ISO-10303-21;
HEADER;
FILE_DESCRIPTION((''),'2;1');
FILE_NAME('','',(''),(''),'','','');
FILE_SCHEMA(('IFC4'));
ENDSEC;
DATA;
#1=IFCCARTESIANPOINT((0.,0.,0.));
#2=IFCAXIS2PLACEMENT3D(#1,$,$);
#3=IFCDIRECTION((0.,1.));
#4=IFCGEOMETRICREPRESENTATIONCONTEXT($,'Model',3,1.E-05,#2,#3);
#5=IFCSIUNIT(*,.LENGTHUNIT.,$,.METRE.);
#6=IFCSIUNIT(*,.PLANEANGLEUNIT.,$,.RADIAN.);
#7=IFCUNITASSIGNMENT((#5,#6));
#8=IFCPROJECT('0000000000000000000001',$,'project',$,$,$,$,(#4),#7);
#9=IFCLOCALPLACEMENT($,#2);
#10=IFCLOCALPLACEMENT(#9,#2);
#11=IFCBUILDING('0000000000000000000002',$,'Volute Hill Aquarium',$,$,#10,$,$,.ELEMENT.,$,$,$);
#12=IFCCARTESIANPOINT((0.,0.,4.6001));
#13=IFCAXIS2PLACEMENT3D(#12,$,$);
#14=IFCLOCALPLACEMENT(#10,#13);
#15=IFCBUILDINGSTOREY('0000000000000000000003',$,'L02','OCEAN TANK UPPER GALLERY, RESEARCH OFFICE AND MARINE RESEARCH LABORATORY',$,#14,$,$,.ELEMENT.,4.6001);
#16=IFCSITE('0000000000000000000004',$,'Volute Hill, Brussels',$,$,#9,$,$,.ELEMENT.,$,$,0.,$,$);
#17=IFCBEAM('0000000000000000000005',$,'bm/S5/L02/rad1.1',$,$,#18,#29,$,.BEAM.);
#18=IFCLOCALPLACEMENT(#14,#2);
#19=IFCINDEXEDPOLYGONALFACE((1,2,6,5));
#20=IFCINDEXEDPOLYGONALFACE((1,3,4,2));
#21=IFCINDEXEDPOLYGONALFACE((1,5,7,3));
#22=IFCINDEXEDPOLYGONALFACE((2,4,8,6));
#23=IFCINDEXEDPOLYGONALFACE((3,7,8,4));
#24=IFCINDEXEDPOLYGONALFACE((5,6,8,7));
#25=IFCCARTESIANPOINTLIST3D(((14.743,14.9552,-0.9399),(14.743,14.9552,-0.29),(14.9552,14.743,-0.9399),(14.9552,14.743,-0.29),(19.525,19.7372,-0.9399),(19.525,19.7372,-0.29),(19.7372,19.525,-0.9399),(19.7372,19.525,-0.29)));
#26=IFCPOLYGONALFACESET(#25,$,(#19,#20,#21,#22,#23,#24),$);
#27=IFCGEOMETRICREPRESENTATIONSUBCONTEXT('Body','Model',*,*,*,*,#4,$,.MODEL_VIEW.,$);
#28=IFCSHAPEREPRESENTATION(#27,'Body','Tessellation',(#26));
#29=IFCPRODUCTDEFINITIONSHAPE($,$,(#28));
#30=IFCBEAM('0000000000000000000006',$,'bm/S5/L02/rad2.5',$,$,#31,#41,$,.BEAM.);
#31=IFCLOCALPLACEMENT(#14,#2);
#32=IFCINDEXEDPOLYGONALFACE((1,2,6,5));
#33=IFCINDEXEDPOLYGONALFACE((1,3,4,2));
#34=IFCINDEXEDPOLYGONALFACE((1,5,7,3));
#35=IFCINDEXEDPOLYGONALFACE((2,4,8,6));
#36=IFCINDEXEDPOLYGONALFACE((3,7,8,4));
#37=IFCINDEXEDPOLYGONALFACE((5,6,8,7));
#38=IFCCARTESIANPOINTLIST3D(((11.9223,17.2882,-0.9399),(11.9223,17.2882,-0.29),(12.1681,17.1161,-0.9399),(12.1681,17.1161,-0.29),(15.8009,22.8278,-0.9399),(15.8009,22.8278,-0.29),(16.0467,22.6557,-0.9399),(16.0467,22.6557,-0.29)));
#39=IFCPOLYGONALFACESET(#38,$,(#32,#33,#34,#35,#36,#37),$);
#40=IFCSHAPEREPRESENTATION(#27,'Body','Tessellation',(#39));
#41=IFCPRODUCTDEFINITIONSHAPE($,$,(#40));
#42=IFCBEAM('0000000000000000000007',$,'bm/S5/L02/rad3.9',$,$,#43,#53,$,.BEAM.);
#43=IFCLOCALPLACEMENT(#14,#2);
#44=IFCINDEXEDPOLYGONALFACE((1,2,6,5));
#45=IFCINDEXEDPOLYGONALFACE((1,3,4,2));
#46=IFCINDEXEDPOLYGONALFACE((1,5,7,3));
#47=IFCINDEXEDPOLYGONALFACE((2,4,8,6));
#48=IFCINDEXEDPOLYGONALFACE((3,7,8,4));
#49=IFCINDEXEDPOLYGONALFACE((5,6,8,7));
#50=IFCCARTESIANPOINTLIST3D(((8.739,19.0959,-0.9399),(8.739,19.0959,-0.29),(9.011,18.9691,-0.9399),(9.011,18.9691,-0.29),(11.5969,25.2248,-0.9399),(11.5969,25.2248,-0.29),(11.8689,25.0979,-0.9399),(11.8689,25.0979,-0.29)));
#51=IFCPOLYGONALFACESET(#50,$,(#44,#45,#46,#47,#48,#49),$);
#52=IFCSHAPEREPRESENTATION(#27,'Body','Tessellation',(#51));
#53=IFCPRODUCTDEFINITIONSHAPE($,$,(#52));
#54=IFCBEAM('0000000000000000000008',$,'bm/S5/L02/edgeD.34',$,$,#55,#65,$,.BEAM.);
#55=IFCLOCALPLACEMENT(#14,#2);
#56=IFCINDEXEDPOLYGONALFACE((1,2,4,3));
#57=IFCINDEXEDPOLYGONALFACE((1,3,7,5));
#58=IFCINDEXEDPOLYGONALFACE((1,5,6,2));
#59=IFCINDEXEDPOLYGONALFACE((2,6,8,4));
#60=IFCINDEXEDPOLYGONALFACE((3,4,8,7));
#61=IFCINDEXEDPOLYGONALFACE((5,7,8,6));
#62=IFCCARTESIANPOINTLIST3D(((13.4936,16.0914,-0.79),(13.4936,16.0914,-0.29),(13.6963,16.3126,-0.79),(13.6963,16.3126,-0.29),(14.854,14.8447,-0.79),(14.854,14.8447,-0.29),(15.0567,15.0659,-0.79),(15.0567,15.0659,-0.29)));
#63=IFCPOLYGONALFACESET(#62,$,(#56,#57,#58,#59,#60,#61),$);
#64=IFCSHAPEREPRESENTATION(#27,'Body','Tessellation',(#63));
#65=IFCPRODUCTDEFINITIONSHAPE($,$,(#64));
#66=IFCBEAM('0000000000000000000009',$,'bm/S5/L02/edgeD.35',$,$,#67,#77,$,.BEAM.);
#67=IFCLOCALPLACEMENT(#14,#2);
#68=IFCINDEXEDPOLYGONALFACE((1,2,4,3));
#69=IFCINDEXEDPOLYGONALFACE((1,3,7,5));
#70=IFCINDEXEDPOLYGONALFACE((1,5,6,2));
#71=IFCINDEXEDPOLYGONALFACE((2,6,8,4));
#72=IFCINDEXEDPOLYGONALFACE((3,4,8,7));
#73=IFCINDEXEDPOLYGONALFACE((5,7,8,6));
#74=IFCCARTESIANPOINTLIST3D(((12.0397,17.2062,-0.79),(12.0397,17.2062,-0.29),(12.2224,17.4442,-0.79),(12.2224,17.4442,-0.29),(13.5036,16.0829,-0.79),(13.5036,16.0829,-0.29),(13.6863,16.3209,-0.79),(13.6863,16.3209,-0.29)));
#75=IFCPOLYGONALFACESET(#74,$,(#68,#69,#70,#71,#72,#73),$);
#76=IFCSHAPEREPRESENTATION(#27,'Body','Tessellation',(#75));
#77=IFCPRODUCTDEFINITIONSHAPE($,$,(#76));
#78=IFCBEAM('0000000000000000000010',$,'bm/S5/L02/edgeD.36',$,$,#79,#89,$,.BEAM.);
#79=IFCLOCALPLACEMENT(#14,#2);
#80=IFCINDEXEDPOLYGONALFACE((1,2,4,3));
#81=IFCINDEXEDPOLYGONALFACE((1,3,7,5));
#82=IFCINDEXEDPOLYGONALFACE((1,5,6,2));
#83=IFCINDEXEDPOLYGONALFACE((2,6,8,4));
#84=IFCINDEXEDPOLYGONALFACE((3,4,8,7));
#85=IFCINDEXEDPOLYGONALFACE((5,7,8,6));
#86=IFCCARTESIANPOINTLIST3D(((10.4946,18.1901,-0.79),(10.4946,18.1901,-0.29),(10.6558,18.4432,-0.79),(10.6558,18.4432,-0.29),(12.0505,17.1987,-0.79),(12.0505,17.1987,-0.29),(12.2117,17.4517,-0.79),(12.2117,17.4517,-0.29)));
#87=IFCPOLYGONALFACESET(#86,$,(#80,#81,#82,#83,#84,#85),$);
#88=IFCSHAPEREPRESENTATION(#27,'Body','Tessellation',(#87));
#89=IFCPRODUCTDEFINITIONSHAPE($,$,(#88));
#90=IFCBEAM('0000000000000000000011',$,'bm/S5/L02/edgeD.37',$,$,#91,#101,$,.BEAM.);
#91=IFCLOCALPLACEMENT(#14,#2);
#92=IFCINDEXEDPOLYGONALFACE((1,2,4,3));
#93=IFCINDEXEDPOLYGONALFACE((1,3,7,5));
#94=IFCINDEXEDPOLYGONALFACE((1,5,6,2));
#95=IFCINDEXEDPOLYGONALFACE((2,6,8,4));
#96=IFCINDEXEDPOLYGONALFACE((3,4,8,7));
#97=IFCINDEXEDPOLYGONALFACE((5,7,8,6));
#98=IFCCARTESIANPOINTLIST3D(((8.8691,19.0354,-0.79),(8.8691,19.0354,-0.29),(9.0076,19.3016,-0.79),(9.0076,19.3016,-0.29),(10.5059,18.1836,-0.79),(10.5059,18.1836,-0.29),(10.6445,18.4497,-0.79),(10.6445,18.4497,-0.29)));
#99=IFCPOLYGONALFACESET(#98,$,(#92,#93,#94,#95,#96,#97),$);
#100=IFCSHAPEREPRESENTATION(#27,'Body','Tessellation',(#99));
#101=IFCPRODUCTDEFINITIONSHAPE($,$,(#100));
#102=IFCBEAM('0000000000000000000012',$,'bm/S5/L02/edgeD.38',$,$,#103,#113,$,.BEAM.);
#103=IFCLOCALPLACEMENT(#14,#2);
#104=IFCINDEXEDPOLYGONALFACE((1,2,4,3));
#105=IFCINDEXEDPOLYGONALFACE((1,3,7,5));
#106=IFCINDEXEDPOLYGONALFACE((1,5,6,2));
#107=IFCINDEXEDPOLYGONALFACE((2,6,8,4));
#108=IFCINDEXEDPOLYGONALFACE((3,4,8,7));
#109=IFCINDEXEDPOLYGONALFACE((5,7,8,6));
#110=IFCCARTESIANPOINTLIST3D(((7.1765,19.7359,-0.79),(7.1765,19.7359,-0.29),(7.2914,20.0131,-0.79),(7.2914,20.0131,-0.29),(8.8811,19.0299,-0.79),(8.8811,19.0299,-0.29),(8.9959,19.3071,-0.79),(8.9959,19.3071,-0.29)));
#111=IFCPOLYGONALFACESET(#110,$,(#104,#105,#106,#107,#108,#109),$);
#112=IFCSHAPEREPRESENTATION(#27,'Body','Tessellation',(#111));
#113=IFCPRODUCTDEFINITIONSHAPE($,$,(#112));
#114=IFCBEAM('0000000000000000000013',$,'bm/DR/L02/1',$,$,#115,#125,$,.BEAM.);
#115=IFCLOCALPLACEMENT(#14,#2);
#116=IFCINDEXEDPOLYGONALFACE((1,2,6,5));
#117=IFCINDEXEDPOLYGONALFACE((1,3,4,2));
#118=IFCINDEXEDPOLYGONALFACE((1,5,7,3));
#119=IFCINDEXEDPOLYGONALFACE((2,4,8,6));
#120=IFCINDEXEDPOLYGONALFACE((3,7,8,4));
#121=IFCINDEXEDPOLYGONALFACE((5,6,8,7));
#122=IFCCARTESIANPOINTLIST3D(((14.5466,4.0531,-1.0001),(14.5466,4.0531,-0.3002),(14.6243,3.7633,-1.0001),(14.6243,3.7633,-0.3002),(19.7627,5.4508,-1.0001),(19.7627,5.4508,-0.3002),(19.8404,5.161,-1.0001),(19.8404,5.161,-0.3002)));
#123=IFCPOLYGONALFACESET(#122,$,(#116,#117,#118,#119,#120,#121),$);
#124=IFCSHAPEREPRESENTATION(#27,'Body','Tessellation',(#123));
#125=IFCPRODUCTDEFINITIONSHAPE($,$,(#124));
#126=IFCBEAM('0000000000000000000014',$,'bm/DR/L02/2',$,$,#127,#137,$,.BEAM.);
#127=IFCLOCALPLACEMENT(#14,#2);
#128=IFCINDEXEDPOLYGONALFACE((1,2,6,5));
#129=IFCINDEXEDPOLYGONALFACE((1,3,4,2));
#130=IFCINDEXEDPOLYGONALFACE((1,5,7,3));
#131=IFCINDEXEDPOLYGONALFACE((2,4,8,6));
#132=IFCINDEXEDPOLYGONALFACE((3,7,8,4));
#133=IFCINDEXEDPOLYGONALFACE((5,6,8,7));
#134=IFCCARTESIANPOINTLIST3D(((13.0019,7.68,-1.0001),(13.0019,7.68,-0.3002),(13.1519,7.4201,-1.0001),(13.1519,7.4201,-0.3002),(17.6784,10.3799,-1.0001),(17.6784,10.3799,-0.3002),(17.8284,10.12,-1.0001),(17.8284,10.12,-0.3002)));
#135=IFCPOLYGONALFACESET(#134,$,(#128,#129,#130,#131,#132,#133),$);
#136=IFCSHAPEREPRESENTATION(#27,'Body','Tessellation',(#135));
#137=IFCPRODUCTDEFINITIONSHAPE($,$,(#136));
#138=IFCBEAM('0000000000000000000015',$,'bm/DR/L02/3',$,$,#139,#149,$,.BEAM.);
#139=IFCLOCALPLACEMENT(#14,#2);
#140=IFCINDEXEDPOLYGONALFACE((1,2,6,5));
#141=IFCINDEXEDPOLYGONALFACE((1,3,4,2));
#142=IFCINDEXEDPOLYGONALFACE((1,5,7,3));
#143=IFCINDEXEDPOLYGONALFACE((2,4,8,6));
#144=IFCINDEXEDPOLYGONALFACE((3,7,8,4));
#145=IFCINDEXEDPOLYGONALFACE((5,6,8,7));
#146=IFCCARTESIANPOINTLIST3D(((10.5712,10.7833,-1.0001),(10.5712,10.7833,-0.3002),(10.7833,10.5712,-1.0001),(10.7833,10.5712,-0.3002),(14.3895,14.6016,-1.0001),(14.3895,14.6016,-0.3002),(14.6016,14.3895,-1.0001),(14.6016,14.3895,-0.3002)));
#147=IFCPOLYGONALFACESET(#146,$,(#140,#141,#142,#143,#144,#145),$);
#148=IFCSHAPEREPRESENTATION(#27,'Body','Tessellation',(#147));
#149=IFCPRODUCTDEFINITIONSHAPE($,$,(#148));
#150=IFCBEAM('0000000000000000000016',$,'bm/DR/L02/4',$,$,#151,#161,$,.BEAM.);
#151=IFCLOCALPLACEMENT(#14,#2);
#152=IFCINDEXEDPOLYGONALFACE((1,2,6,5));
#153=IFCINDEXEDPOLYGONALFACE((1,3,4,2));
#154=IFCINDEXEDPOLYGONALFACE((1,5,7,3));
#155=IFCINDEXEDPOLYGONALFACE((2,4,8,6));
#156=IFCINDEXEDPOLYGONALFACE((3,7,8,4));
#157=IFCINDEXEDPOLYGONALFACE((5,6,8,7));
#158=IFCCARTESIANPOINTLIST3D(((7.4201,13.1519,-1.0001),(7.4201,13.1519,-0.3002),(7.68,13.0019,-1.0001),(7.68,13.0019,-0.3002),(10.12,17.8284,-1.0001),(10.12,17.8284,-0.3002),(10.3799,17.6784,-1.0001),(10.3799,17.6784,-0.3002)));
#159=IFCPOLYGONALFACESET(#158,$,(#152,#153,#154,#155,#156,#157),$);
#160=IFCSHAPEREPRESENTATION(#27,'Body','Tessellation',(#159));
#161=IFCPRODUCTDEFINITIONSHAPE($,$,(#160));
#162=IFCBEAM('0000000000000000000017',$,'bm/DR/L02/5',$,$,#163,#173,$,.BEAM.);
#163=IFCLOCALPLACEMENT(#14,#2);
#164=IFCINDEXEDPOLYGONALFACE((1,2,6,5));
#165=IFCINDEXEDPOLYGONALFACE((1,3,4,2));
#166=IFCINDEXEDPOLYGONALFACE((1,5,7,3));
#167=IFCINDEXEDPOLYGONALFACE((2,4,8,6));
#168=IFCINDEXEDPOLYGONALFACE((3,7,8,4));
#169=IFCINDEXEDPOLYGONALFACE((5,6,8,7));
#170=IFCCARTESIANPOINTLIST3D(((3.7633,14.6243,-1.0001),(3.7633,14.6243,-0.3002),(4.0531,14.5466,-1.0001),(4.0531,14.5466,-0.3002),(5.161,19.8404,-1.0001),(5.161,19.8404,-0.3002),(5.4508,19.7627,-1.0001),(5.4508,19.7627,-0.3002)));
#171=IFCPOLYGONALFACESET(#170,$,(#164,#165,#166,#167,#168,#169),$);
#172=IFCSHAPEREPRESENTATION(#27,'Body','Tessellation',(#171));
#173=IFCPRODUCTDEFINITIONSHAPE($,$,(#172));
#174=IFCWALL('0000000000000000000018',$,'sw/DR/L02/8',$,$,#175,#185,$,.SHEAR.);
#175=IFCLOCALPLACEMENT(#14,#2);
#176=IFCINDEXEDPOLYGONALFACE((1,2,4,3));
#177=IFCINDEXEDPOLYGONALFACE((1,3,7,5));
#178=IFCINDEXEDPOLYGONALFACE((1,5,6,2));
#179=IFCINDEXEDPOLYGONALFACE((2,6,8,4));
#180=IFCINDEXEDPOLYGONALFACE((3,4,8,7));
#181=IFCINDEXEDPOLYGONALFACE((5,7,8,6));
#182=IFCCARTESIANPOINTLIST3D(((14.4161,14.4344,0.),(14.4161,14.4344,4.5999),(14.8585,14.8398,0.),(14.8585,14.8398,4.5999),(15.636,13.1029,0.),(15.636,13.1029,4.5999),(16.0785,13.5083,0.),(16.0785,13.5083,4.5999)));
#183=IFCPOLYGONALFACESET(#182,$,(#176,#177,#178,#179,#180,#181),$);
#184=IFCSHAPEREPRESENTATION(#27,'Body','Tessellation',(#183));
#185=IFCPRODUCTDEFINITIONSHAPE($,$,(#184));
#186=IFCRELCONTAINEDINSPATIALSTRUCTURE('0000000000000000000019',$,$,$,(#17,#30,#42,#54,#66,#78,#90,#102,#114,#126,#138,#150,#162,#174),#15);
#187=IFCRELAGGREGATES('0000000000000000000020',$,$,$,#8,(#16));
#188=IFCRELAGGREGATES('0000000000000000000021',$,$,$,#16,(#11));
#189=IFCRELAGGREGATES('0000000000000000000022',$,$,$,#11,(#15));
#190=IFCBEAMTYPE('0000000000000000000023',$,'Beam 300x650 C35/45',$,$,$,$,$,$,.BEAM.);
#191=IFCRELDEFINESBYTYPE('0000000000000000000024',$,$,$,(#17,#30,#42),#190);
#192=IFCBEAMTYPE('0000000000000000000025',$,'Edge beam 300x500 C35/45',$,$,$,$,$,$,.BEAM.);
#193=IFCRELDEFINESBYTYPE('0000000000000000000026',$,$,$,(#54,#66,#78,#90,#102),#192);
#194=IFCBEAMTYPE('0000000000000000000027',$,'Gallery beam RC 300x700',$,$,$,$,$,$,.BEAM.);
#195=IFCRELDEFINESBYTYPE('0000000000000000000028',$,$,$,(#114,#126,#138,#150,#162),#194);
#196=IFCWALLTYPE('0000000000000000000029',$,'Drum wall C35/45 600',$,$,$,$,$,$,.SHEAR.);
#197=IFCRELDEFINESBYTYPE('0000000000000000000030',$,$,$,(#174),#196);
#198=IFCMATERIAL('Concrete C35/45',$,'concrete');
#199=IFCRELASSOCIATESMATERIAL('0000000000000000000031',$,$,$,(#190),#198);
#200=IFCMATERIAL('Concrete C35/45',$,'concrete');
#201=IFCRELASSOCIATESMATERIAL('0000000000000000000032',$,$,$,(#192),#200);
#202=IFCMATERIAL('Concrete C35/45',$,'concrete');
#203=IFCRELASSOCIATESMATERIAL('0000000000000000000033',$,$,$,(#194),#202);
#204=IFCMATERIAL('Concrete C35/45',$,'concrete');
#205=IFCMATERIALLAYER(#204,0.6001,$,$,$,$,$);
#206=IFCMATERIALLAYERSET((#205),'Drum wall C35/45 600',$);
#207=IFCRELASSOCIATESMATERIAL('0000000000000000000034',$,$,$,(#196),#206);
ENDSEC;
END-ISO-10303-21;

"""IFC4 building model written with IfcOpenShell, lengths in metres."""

from ifc_helpers import new_model, si_unit, direction, frame, frame_2d, origin, origin_2d, place, context, subcontext, project, spatial, rectangle, extrude, material, layer, layer_set, material_profile, profile_set, type_object, element, save


model = new_model("IFC4")

# Units and contexts
model_context = context("Model", 3, precision=1e-05, world=origin(), true_north=direction((0.0, 1.0)))
body_context = subcontext(model_context, "Body", "Model", "MODEL_VIEW")
ifc_project = project(units=[si_unit("LENGTHUNIT", "METRE"), si_unit("PLANEANGLEUNIT", "RADIAN")], contexts=[model_context])

# Site, building, storey
site_placement = place(None, origin())
site = spatial("IfcSite", under=ifc_project, at=site_placement, Name="Volute Hill, Brussels", CompositionType="ELEMENT", RefElevation=0.0)
building_placement = place(site_placement, origin())
building = spatial("IfcBuilding", under=site, at=building_placement, Name="Volute Hill Aquarium", CompositionType="ELEMENT")
storey_placement = place(building_placement, frame((0.0, 0.0, 4.6001)))
storey = spatial("IfcBuildingStorey", under=building, at=storey_placement, Name="L02", Description="OCEAN TANK UPPER GALLERY, RESEARCH OFFICE AND MARINE RESEARCH LABORATORY", CompositionType="ELEMENT", Elevation=4.6001)

# Beams
ifc_material_1 = material(Name="Concrete C35/45", Category="concrete")
ifc_material_profile_1 = material_profile(ifc_material_1, rectangle(XDim=0.3, YDim=0.6499, at=origin_2d()), Name="RC beam 300x650")
ifc_profile_set_1 = profile_set([ifc_material_profile_1], Name="Concrete C35/45")
beam_type_1 = type_object("IfcBeamType", Name="Beam 300x650 C35/45", PredefinedType="BEAM", material=ifc_profile_set_1)
beam_1_placement = place(storey_placement, frame((14.8491, 14.8491, -0.615), z_axis=(0.707107, 0.707107, 0.0), x_axis=(-0.707107, 0.707107, 0.0)))
element("IfcBeam", 1, at=beam_1_placement, inside=storey, type_object=beam_type_1, Name="bm/S5/L02/rad1.1", PredefinedType="BEAM", context=body_context, shape_type="SweptSolid", body=[
    extrude(rectangle(XDim=0.3, YDim=0.6499, at=origin_2d()), origin(), (0.0, 0.0, 1.0), 6.7627),
])
for number, where, z_axis, x_axis, name in (
    (2, (12.0452, 17.2021, -0.615), (0.573559, 0.819164, 0.0), (-0.819164, 0.573559, 0.0), "bm/S5/L02/rad2.5"),
    (3, (8.875, 19.0325, -0.615), (0.422613, 0.90631, 0.0), (-0.90631, 0.422613, 0.0), "bm/S5/L02/rad3.9"),
):
    element("IfcBeam", number, at=place(storey_placement, frame(where, z_axis=z_axis, x_axis=x_axis)), inside=storey, type_object=beam_type_1, Name=name, PredefinedType="BEAM", context=body_context, shape_type="SweptSolid", body=[
        extrude(rectangle(XDim=0.3, YDim=0.6499, at=origin_2d()), origin(), (0.0, 0.0, 1.0), 6.7625),
    ])
ifc_material_2 = material(Name="Concrete C35/45", Category="concrete")
ifc_material_profile_2 = material_profile(ifc_material_2, rectangle(XDim=0.3, YDim=0.5, at=origin_2d()), Name="RC edge beam 300x500")
ifc_profile_set_2 = profile_set([ifc_material_profile_2], Name="Concrete C35/45")
beam_type_2 = type_object("IfcBeamType", Name="Edge beam 300x500 C35/45", PredefinedType="BEAM", material=ifc_profile_set_2)
for number, where, z_axis, x_axis, name in (
    (4, (14.9553, 14.9553, -0.54), (-0.737264, 0.675605, 0.0), (-0.675605, -0.737264, 0.0), "bm/S5/L02/edgeD.34"),
    (5, (13.595, 16.2019, -0.54), (-0.793346, 0.60877, 0.0), (-0.60877, -0.793346, 0.0), "bm/S5/L02/edgeD.35"),
):
    element("IfcBeam", number, at=place(storey_placement, frame(where, z_axis=z_axis, x_axis=x_axis)), inside=storey, type_object=beam_type_2, Name=name, PredefinedType="BEAM", context=body_context, shape_type="SweptSolid", body=[
        extrude(rectangle(XDim=0.3, YDim=0.5, at=origin_2d()), origin(), (0.0, 0.0, 1.0), 1.8452),
    ])
beam_2_placement = place(storey_placement, frame((12.1311, 17.3252, -0.54), z_axis=(-0.843334, 0.537389, 0.0), x_axis=(-0.537389, -0.843334, 0.0)))
element("IfcBeam", 6, at=beam_2_placement, inside=storey, type_object=beam_type_2, Name="bm/S5/L02/edgeD.36", PredefinedType="BEAM", context=body_context, shape_type="SweptSolid", body=[
    extrude(rectangle(XDim=0.3, YDim=0.5, at=origin_2d()), origin(), (0.0, 0.0, 1.0), 1.845),
])
beam_3_placement = place(storey_placement, frame((10.5752, 18.3167, -0.54), z_axis=(-0.887059, 0.461657, 0.0), x_axis=(-0.461657, -0.887059, 0.0)))
element("IfcBeam", 7, at=beam_3_placement, inside=storey, type_object=beam_type_2, Name="bm/S5/L02/edgeD.37", PredefinedType="BEAM", context=body_context, shape_type="SweptSolid", body=[
    extrude(rectangle(XDim=0.3, YDim=0.5, at=origin_2d()), origin(), (0.0, 0.0, 1.0), 1.8452),
])
beam_4_placement = place(storey_placement, frame((8.9385, 19.1685, -0.54), z_axis=(-0.923881, 0.382679, 0.0), x_axis=(-0.382679, -0.923881, 0.0)))
element("IfcBeam", 8, at=beam_4_placement, inside=storey, type_object=beam_type_2, Name="bm/S5/L02/edgeD.38", PredefinedType="BEAM", context=body_context, shape_type="SweptSolid", body=[
    extrude(rectangle(XDim=0.3, YDim=0.5, at=origin_2d()), origin(), (0.0, 0.0, 1.0), 1.845),
])
ifc_material_3 = material(Name="Concrete C35/45", Category="concrete")
ifc_material_profile_3 = material_profile(ifc_material_3, rectangle(XDim=0.3, YDim=0.7, at=origin_2d()), Name="RC beam 300x700")
ifc_profile_set_3 = profile_set([ifc_material_profile_3], Name="Concrete C35/45")
beam_type_3 = type_object("IfcBeamType", Name="Gallery beam RC 300x700", PredefinedType="BEAM", material=ifc_profile_set_3)
beam_5_placement = place(storey_placement, frame((14.5854, 3.9082, -0.6501), z_axis=(0.965923, 0.25883, 0.0), x_axis=(-0.25883, 0.965923, 0.0)))
element("IfcBeam", 9, at=beam_5_placement, inside=storey, type_object=beam_type_3, Name="bm/DR/L02/1", PredefinedType="BEAM", context=body_context, shape_type="SweptSolid", body=[
    extrude(rectangle(XDim=0.3, YDim=0.7, at=origin_2d()), origin(), (0.0, 0.0, 1.0), 5.4001),
])
for number, where, z_axis, x_axis, name in (
    (10, (13.0769, 7.55, -0.6501), (0.866028, 0.499995, 0.0), (-0.499995, 0.866028, 0.0), "bm/DR/L02/2"),
    (11, (10.6772, 10.6772, -0.6501), (0.707107, 0.707107, 0.0), (-0.707107, 0.707107, 0.0), "bm/DR/L02/3"),
    (12, (7.55, 13.0769, -0.6501), (0.499995, 0.866028, 0.0), (-0.866028, 0.499995, 0.0), "bm/DR/L02/4"),
):
    element("IfcBeam", number, at=place(storey_placement, frame(where, z_axis=z_axis, x_axis=x_axis)), inside=storey, type_object=beam_type_3, Name=name, PredefinedType="BEAM", context=body_context, shape_type="SweptSolid", body=[
        extrude(rectangle(XDim=0.3, YDim=0.7, at=origin_2d()), origin(), (0.0, 0.0, 1.0), 5.3999),
    ])
beam_6_placement = place(storey_placement, frame((3.9082, 14.5854, -0.6501), z_axis=(0.25883, 0.965923, 0.0), x_axis=(-0.965923, 0.25883, 0.0)))
element("IfcBeam", 13, at=beam_6_placement, inside=storey, type_object=beam_type_3, Name="bm/DR/L02/5", PredefinedType="BEAM", context=body_context, shape_type="SweptSolid", body=[
    extrude(rectangle(XDim=0.3, YDim=0.7, at=origin_2d()), origin(), (0.0, 0.0, 1.0), 5.4001),
])

# Wall
ifc_material_4 = material(Name="Concrete C35/45", Category="concrete")
ifc_layer_1 = layer(ifc_material_4, 0.6001)
ifc_layer_set_1 = layer_set([ifc_layer_1], Name="Drum wall C35/45 600")
wall_type_1 = type_object("IfcWallType", Name="Drum wall C35/45 600", PredefinedType="SHEAR", material=ifc_layer_set_1)
wall_1_placement = place(storey_placement, frame((15.8572, 13.3057, 0.0), z_axis=(0.0, 0.0, 1.0), x_axis=(-0.675541, 0.737322, 0.0)))
element("IfcWall", 14, at=wall_1_placement, inside=storey, type_object=wall_type_1, Name="sw/DR/L02/8", PredefinedType="SHEAR", context=body_context, shape_type="SweptSolid", body=[
    extrude(rectangle(XDim=1.8059, YDim=0.6001, at=frame_2d((0.9028, 0.0))), origin(), (0.0, 0.0, 1.0), 4.5999),
])

save(model, "model.ifc")
